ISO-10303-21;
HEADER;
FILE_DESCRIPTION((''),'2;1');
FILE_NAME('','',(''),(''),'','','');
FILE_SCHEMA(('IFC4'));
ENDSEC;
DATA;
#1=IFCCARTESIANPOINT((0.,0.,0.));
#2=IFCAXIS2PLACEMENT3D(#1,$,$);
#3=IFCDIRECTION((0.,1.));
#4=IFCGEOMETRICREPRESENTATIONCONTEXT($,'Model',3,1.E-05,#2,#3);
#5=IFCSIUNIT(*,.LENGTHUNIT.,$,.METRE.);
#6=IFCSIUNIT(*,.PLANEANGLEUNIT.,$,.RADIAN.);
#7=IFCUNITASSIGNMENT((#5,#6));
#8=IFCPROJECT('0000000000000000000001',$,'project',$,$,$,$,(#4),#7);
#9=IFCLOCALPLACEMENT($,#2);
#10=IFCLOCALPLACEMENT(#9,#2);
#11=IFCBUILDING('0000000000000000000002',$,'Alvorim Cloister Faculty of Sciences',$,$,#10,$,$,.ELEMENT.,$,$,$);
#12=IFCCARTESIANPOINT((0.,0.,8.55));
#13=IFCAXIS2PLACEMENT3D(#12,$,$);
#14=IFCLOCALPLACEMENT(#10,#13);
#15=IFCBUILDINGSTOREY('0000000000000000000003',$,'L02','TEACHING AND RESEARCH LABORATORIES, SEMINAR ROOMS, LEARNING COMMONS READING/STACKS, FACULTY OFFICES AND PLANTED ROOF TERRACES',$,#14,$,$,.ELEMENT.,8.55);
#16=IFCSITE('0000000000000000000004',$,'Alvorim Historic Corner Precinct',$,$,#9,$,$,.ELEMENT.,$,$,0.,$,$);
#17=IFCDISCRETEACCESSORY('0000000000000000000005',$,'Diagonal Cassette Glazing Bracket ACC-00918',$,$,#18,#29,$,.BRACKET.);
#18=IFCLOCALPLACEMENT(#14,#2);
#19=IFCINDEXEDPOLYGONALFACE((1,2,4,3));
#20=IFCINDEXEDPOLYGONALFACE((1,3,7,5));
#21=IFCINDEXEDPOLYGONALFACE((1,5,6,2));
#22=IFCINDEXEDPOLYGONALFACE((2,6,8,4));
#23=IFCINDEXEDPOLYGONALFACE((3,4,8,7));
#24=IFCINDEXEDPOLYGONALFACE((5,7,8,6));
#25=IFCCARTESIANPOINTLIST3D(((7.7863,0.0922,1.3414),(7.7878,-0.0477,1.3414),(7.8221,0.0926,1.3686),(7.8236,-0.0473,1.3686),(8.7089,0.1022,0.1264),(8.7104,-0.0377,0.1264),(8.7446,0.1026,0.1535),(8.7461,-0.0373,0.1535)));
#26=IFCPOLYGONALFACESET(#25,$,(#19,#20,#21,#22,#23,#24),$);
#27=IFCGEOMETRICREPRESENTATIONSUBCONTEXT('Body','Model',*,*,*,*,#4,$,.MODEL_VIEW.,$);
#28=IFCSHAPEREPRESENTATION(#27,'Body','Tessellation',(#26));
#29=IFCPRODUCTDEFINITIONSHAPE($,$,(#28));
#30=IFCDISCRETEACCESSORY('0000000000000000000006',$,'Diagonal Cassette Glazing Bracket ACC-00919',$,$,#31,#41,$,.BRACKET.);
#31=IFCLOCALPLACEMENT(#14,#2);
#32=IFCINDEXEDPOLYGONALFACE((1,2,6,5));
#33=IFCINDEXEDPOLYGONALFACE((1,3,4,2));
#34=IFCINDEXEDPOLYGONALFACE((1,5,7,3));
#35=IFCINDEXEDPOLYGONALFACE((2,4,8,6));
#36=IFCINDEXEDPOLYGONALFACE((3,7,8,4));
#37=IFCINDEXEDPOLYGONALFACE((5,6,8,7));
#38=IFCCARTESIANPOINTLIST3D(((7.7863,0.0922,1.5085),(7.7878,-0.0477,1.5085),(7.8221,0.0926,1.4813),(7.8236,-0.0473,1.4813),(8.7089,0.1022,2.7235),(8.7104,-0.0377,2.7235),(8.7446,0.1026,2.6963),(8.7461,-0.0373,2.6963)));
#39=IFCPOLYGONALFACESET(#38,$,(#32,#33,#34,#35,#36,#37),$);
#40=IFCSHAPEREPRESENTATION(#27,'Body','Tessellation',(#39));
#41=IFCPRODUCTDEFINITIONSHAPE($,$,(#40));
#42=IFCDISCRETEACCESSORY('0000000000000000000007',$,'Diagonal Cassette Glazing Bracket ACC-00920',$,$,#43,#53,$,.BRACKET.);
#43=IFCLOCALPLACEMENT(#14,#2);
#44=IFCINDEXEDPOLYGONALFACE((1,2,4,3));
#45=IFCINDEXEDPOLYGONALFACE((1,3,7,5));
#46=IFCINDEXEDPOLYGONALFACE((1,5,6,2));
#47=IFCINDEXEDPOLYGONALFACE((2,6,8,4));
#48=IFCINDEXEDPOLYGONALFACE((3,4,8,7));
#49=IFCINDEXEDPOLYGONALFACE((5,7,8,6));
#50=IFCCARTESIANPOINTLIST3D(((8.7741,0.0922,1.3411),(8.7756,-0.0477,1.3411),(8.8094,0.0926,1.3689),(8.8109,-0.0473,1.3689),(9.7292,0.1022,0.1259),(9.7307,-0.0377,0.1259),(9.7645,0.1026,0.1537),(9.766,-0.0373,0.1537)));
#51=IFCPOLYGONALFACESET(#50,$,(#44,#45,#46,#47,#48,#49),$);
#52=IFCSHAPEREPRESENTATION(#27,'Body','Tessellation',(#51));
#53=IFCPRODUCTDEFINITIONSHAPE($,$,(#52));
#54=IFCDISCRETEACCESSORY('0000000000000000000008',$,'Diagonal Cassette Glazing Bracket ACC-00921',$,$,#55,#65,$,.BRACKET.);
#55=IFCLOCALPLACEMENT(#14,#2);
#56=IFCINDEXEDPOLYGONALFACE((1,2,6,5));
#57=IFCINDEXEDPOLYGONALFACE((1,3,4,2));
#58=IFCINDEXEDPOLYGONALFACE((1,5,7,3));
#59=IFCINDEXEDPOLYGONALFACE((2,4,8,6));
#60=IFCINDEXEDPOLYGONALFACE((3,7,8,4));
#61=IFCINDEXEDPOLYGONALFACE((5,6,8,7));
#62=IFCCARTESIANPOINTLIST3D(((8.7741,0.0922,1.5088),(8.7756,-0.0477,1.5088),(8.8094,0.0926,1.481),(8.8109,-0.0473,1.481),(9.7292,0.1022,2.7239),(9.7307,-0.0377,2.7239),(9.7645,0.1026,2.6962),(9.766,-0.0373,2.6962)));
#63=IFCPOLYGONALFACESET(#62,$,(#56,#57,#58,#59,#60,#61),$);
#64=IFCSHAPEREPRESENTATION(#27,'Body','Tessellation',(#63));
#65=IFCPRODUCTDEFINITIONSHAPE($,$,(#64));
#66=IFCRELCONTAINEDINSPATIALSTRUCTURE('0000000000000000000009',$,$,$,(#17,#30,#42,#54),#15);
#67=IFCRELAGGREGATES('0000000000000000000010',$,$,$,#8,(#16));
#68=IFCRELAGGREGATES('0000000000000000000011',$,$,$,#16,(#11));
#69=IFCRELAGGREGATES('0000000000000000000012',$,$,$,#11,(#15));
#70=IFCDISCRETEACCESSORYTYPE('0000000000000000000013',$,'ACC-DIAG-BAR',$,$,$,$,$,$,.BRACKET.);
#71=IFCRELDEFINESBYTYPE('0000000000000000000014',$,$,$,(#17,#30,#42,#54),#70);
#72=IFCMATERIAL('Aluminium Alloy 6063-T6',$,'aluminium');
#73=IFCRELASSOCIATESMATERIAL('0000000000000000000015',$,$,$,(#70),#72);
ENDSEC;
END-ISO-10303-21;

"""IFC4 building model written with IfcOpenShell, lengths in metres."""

from ifc_helpers import new_model, si_unit, direction, frame, origin, origin_2d, place, context, subcontext, project, spatial, rectangle, extrude, material, type_object, element, save


model = new_model("IFC4")

# Units and contexts
model_context = context("Model", 3, precision=1e-05, world=origin(), true_north=direction((0.0, 1.0)))
body_context = subcontext(model_context, "Body", "Model", "MODEL_VIEW")
ifc_project = project(units=[si_unit("LENGTHUNIT", "METRE"), si_unit("PLANEANGLEUNIT", "RADIAN")], contexts=[model_context])

# Site, building, storey
site_placement = place(None, origin())
site = spatial("IfcSite", under=ifc_project, at=site_placement, Name="Alvorim Historic Corner Precinct", CompositionType="ELEMENT", RefElevation=0.0)
building_placement = place(site_placement, origin())
building = spatial("IfcBuilding", under=site, at=building_placement, Name="Alvorim Cloister Faculty of Sciences", CompositionType="ELEMENT")
storey_placement = place(building_placement, frame((0.0, 0.0, 8.55)))
storey = spatial("IfcBuildingStorey", under=building, at=storey_placement, Name="L02", Description="TEACHING AND RESEARCH LABORATORIES, SEMINAR ROOMS, LEARNING COMMONS READING/STACKS, FACULTY OFFICES AND PLANTED ROOF TERRACES", CompositionType="ELEMENT", Elevation=8.55)

# Shared definitions
ifc_material_1 = material(Name="Aluminium Alloy 6063-T6", Category="aluminium")

# Discrete accessories
discrete_accessory_type = type_object("IfcDiscreteAccessoryType", Name="ACC-DIAG-BAR", PredefinedType="BRACKET", material=ifc_material_1)
for number, where, z_axis, x_axis, name in (
    (1, (7.8049, 0.0225, 1.355), (0.604713, 0.006561, -0.796416), (-0.010849, 0.999941, 0.0), "Diagonal Cassette Glazing Bracket ACC-00918"),
    (2, (7.8049, 0.0225, 1.4949), (0.604713, 0.006561, 0.796416), (-0.010849, 0.999941, 0.0), "Diagonal Cassette Glazing Bracket ACC-00919"),
):
    element("IfcDiscreteAccessory", number, at=place(storey_placement, frame(where, z_axis=z_axis, x_axis=x_axis)), inside=storey, type_object=discrete_accessory_type, Name=name, PredefinedType="BRACKET", context=body_context, shape_type="SweptSolid", body=[
        extrude(rectangle(XDim=0.1399, YDim=0.0449, at=origin_2d()), origin(), (0.0, 0.0, 1.0), 1.5256),
    ])
for number, where, z_axis, x_axis, name in (
    (3, (8.7925, 0.0225, 1.355), (0.617955, 0.006477, -0.786187), (-0.01048, 0.999945, 0.0), "Diagonal Cassette Glazing Bracket ACC-00920"),
    (4, (8.7925, 0.0225, 1.4949), (0.617955, 0.006477, 0.786187), (-0.01048, 0.999945, 0.0), "Diagonal Cassette Glazing Bracket ACC-00921"),
):
    element("IfcDiscreteAccessory", number, at=place(storey_placement, frame(where, z_axis=z_axis, x_axis=x_axis)), inside=storey, type_object=discrete_accessory_type, Name=name, PredefinedType="BRACKET", context=body_context, shape_type="SweptSolid", body=[
        extrude(rectangle(XDim=0.1399, YDim=0.0449, at=origin_2d()), origin(), (0.0, 0.0, 1.0), 1.5457),
    ])

save(model, "model.ifc")
